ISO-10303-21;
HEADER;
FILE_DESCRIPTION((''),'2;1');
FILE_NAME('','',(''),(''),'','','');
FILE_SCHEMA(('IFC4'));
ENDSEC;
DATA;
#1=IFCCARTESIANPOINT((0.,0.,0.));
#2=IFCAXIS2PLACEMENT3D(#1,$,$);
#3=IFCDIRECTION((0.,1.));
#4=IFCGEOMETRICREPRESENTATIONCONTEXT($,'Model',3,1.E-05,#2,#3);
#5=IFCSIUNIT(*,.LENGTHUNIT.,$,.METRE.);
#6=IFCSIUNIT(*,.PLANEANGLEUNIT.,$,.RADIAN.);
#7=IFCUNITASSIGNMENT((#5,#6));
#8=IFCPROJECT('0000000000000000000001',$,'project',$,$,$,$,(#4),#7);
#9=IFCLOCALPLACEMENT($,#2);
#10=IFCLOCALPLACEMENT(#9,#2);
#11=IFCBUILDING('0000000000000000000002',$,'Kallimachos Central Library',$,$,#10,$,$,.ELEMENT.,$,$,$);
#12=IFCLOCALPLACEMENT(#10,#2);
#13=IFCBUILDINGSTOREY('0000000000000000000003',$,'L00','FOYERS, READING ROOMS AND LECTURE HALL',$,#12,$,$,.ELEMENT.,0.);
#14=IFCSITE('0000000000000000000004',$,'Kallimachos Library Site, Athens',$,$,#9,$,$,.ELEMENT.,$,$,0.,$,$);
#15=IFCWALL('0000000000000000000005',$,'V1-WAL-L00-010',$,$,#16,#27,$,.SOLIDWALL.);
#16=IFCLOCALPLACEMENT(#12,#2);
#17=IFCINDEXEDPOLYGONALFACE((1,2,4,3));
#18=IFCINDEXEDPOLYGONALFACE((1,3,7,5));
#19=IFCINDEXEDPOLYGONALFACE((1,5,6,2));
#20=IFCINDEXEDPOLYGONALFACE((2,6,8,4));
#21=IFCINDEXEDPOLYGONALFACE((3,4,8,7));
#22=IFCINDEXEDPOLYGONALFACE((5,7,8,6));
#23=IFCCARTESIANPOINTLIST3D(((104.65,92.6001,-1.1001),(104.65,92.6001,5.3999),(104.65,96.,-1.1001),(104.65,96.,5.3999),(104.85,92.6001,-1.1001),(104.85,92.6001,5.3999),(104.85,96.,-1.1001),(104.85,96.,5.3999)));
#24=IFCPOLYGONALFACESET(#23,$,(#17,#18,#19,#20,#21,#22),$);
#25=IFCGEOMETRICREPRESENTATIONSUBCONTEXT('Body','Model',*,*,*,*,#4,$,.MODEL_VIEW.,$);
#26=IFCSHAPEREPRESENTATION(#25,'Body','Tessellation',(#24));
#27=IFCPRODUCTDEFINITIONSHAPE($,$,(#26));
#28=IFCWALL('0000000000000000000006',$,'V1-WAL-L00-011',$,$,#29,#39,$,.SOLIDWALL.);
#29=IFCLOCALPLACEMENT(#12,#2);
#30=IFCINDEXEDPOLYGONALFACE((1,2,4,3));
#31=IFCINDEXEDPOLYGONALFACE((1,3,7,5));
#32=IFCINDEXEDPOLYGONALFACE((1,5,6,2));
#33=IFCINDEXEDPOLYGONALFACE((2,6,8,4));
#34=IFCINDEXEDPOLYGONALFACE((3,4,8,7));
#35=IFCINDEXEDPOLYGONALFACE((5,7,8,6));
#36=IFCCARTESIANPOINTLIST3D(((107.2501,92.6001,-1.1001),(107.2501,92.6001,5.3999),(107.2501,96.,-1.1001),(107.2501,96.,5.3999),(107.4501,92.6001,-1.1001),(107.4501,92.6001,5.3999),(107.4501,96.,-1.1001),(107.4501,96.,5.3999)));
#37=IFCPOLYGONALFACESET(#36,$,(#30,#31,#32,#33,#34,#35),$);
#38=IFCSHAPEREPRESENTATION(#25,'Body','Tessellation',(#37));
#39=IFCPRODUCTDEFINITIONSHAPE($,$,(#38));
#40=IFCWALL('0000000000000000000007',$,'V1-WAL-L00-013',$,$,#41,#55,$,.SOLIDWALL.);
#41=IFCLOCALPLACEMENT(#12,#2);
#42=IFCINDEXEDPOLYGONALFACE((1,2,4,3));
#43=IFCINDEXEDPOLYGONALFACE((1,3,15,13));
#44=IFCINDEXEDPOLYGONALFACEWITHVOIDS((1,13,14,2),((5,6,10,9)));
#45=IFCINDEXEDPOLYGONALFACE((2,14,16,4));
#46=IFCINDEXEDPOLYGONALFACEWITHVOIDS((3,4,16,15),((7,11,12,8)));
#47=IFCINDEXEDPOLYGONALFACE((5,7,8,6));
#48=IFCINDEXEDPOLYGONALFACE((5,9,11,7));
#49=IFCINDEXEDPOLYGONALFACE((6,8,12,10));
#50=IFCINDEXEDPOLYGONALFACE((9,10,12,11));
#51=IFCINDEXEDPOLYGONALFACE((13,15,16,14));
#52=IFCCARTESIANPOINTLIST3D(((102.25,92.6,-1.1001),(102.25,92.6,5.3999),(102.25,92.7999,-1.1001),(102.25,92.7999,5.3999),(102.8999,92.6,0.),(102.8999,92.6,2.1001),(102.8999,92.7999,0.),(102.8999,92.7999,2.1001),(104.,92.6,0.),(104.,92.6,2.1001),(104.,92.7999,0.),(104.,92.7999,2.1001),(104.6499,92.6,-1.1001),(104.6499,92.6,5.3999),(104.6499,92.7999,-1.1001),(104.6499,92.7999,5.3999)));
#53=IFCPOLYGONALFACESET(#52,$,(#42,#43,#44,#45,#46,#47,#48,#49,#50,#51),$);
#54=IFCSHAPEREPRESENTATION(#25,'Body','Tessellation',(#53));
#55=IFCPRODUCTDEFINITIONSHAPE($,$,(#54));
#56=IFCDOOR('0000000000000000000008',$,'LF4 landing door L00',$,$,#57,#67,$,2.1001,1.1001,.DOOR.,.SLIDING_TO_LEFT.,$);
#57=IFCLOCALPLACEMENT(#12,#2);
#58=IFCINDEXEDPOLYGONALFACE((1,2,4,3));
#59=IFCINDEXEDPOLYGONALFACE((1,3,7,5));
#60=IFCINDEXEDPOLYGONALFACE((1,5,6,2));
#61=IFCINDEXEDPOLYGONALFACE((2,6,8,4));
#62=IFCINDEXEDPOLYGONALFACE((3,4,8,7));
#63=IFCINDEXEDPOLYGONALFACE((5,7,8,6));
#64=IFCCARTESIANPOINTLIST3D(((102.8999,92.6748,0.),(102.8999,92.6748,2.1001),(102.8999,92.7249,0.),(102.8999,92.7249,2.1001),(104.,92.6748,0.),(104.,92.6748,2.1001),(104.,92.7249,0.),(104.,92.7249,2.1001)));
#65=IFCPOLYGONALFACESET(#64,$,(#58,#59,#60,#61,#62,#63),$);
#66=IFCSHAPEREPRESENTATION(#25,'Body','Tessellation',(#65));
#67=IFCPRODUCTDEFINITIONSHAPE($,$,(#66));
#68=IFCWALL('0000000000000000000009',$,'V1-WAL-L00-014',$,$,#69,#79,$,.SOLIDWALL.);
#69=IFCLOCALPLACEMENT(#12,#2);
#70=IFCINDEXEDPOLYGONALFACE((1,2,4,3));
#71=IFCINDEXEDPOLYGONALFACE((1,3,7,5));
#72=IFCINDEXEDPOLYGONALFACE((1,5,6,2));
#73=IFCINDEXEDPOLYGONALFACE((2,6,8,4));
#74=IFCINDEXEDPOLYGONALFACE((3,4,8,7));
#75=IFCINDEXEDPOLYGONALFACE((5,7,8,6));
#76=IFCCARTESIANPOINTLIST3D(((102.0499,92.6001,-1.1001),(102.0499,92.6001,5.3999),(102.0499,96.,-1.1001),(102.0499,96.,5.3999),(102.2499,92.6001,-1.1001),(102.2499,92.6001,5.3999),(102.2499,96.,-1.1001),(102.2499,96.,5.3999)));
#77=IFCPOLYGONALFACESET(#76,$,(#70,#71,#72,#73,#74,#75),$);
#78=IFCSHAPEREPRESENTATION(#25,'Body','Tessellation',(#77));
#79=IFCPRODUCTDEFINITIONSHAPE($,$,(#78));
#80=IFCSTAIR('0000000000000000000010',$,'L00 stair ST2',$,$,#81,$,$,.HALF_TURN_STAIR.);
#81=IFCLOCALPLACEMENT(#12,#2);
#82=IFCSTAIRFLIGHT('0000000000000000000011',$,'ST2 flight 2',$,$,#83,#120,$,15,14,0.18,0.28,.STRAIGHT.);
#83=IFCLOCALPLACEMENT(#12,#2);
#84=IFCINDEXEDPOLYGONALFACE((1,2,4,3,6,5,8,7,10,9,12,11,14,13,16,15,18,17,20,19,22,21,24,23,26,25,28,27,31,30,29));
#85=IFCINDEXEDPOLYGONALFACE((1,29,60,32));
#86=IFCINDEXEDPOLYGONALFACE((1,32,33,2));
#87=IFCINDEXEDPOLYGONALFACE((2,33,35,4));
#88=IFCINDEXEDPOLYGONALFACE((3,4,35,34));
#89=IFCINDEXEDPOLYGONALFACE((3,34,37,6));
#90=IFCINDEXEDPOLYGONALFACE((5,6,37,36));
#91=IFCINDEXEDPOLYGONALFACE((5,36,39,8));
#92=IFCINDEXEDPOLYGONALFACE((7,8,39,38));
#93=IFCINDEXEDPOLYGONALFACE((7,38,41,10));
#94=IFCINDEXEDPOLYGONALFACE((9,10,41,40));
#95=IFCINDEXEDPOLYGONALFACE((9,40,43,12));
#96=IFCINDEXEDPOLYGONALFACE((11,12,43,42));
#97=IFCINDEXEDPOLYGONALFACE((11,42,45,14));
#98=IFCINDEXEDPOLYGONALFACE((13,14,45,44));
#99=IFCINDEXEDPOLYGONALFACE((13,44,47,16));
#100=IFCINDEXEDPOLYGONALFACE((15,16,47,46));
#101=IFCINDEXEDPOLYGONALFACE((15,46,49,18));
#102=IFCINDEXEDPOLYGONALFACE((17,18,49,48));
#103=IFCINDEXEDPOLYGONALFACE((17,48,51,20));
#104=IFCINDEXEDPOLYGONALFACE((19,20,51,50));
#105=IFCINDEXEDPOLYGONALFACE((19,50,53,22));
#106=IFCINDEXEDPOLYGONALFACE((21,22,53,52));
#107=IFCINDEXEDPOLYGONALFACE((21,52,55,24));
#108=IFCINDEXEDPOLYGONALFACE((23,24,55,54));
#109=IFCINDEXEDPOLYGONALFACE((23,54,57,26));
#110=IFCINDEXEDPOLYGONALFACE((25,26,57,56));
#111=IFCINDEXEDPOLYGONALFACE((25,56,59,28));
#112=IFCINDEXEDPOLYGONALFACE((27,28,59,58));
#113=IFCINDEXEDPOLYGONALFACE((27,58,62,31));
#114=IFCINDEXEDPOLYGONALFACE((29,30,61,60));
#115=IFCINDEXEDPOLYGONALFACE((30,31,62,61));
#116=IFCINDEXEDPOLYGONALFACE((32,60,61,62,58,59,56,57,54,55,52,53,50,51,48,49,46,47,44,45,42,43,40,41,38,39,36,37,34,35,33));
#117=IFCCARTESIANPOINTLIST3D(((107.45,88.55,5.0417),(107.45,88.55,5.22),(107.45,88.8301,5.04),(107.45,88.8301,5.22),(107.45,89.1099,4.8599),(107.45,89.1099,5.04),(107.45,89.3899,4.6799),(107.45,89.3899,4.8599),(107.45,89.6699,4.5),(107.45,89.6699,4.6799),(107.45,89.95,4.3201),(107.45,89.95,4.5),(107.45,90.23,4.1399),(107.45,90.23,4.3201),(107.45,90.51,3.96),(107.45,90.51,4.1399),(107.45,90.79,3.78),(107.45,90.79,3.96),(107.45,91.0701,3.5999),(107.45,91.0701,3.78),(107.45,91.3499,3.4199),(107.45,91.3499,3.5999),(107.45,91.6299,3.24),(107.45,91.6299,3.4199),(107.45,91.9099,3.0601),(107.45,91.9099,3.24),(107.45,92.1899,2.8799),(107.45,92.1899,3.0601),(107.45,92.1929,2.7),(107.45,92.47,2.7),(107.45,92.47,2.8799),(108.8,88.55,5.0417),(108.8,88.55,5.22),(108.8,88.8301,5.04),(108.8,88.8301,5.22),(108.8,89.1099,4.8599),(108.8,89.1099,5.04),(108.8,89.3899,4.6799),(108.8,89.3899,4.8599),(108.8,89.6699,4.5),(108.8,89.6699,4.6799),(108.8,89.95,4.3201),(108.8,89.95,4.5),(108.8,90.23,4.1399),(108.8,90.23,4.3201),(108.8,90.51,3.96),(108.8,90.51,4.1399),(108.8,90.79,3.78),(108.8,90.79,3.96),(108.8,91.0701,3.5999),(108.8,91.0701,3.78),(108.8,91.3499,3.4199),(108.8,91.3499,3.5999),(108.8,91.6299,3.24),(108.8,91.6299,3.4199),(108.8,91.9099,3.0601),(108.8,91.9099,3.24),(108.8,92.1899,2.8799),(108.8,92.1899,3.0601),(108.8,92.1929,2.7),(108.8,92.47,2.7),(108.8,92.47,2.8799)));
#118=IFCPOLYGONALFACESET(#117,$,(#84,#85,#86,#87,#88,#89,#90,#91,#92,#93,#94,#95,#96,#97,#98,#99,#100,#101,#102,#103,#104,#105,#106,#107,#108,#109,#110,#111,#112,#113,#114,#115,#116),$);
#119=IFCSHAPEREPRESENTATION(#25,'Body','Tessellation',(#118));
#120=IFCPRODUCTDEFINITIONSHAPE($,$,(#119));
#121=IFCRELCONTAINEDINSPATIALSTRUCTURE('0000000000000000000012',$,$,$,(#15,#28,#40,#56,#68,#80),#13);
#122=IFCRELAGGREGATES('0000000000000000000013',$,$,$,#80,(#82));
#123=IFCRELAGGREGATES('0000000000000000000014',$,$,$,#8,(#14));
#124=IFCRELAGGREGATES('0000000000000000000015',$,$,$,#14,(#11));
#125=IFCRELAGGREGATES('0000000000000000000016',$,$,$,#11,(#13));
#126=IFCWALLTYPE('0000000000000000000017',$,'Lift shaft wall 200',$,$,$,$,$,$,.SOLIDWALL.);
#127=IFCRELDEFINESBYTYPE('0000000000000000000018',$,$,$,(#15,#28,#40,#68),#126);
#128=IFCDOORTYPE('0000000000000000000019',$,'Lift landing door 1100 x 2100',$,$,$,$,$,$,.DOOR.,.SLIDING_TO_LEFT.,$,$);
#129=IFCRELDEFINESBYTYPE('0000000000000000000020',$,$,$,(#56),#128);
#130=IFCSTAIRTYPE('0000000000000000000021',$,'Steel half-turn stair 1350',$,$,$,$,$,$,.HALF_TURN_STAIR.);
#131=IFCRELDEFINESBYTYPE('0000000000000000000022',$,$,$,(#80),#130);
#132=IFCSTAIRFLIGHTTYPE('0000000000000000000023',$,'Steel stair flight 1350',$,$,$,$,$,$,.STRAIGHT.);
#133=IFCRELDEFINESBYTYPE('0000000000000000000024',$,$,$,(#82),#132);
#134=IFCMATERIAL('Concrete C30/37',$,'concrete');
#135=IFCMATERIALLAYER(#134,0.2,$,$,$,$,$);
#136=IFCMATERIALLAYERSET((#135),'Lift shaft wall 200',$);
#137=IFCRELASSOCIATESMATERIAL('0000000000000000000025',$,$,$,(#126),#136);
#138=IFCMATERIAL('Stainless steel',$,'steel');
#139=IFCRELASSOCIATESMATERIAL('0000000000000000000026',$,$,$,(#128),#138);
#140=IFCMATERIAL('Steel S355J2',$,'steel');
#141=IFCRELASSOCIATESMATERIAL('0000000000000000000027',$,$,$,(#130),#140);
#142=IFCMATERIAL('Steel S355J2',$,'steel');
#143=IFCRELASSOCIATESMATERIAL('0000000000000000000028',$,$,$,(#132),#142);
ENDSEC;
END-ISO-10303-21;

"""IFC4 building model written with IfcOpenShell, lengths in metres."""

from ifc_helpers import new_model, si_unit, direction, frame, frame_2d, origin, place, context, subcontext, project, spatial, polyline, rectangle, outline, extrude, material, layer, layer_set, type_object, element, fill, aggregate, save


model = new_model("IFC4")

# Units and contexts
model_context = context("Model", 3, precision=1e-05, world=origin(), true_north=direction((0.0, 1.0)))
body_context = subcontext(model_context, "Body", "Model", "MODEL_VIEW")
ifc_project = project(units=[si_unit("LENGTHUNIT", "METRE"), si_unit("PLANEANGLEUNIT", "RADIAN")], contexts=[model_context])

# Site, building, storey
site_placement = place(None, origin())
site = spatial("IfcSite", under=ifc_project, at=site_placement, Name="Kallimachos Library Site, Athens", CompositionType="ELEMENT", RefElevation=0.0)
building_placement = place(site_placement, origin())
building = spatial("IfcBuilding", under=site, at=building_placement, Name="Kallimachos Central Library", CompositionType="ELEMENT")
storey_placement = place(building_placement, origin())
storey = spatial("IfcBuildingStorey", under=building, at=storey_placement, Name="L00", Description="FOYERS, READING ROOMS AND LECTURE HALL", CompositionType="ELEMENT", Elevation=0.0)

# Shared definitions
ifc_material_1 = material(Name="Concrete C30/37", Category="concrete")
ifc_layer_1 = layer(ifc_material_1, 0.2)
ifc_layer_set_1 = layer_set([ifc_layer_1], Name="Lift shaft wall 200")
wall_type_1 = type_object("IfcWallType", Name="Lift shaft wall 200", PredefinedType="SOLIDWALL", material=ifc_layer_set_1)
ifc_material_2 = material(Name="Stainless steel", Category="steel")
door_type = type_object("IfcDoorType", Name="Lift landing door 1100 x 2100", OperationType="SLIDING_TO_LEFT", PredefinedType="DOOR", material=ifc_material_2)

# Walls
for number, where, z_axis, x_axis, name in (
    (1, (104.75, 92.6001, -1.1001), (0.0, 0.0, 1.0), (0.0, 1.0, 0.0), "V1-WAL-L00-010"),
    (2, (107.3501, 92.6001, -1.1001), (0.0, 0.0, 1.0), (0.0, 1.0, 0.0), "V1-WAL-L00-011"),
):
    element("IfcWall", number, at=place(storey_placement, frame(where, z_axis=z_axis, x_axis=x_axis)), inside=storey, type_object=wall_type_1, Name=name, PredefinedType="SOLIDWALL", context=body_context, shape_type="SweptSolid", body=[
        extrude(rectangle(XDim=3.3999, YDim=0.2, at=frame_2d((1.7, 0.0))), origin(), (0.0, 0.0, 1.0), 6.5),
    ])

# Wall, opening, door
wall_1_placement = place(storey_placement, frame((102.25, 92.7, -1.1001), z_axis=(0.0, 0.0, 1.0), x_axis=(1.0, 0.0, 0.0)))
wall_1 = element("IfcWall", 3, at=wall_1_placement, inside=storey, type_object=wall_type_1, Name="V1-WAL-L00-013", PredefinedType="SOLIDWALL", context=body_context, shape_type="SweptSolid", body=[
    extrude(rectangle(XDim=2.3999, YDim=0.2, at=frame_2d((1.2, 0.0))), origin(), (0.0, 0.0, 1.0), 6.5),
])
opening_1_placement = place(wall_1_placement, frame((0.6499, 0.0, 1.1001)))
opening_1 = element("IfcOpeningElement", 4, at=opening_1_placement, cuts=wall_1, PredefinedType="OPENING", context=body_context, shape_type="SweptSolid", body=[
    extrude(rectangle(XDim=1.1001, YDim=2.1001, at=frame_2d((0.55, 1.05))), frame((0.0, 0.1099, 0.0), z_axis=(0.0, -1.0, 0.0), x_axis=(1.0, 0.0, 0.0)), (0.0, 0.0, 1.0), 0.22),
])
door_1_placement = place(opening_1_placement, origin())
door_1 = element("IfcDoor", 5, at=door_1_placement, inside=storey, type_object=door_type, Name="LF4 landing door L00", OperationType="SLIDING_TO_LEFT", OverallHeight=2.1001, OverallWidth=1.1001, PredefinedType="DOOR", context=body_context, shape_type="SweptSolid", body=[
    extrude(rectangle(XDim=1.1001, YDim=2.1001, at=frame_2d((0.55, 1.05))), frame((0.0, 0.0249, 0.0), z_axis=(0.0, -1.0, 0.0), x_axis=(1.0, 0.0, 0.0)), (0.0, 0.0, 1.0), 0.05),
])
fill(opening_1, door_1)

# Wall
wall_2_placement = place(storey_placement, frame((102.1499, 92.6001, -1.1001), z_axis=(0.0, 0.0, 1.0), x_axis=(0.0, 1.0, 0.0)))
element("IfcWall", 6, at=wall_2_placement, inside=storey, type_object=wall_type_1, Name="V1-WAL-L00-014", PredefinedType="SOLIDWALL", context=body_context, shape_type="SweptSolid", body=[
    extrude(rectangle(XDim=3.3999, YDim=0.2, at=frame_2d((1.7, 0.0))), origin(), (0.0, 0.0, 1.0), 6.5),
])

# Stair, stair flight
ifc_material_3 = material(Name="Steel S355J2", Category="steel")
stair_type = type_object("IfcStairType", Name="Steel half-turn stair 1350", PredefinedType="HALF_TURN_STAIR", material=ifc_material_3)
stair_placement = place(storey_placement, origin())
stair = element("IfcStair", 7, at=stair_placement, inside=storey, type_object=stair_type, Name="L00 stair ST2", PredefinedType="HALF_TURN_STAIR")
ifc_material_4 = material(Name="Steel S355J2", Category="steel")
stair_flight_type = type_object("IfcStairFlightType", Name="Steel stair flight 1350", PredefinedType="STRAIGHT", material=ifc_material_4)
stair_flight_placement = place(storey_placement, frame((108.125, 92.47, 2.7), z_axis=(0.0, 0.0, 1.0), x_axis=(0.0, -1.0, 0.0)))
stair_flight = element("IfcStairFlight", 8, at=stair_flight_placement, type_object=stair_flight_type, Name="ST2 flight 2", NumberOfRisers=15, NumberOfTreads=14, PredefinedType="STRAIGHT", RiserHeight=0.18, TreadLength=0.28, context=body_context, shape_type="SweptSolid", body=[
    extrude(outline(polyline([(0.0, 0.0), (0.0, 0.1799), (0.28, 0.1799), (0.28, 0.3601), (0.5601, 0.3601), (0.5601, 0.54), (0.8401, 0.54), (0.8401, 0.72), (1.1201, 0.72), (1.1201, 0.8999), (1.3999, 0.8999), (1.3999, 1.0801), (1.6799, 1.0801), (1.6799, 1.26), (1.96, 1.26), (1.96, 1.4399), (2.24, 1.4399), (2.24, 1.6201), (2.52, 1.6201), (2.52, 1.8), (2.8, 1.8), (2.8, 1.98), (3.0801, 1.98), (3.0801, 2.1599), (3.3601, 2.1599), (3.3601, 2.3401), (3.6399, 2.3401), (3.6399, 2.52), (3.9199, 2.52), (3.9199, 2.7), (3.9199, 2.3418), (0.2771, 0.0), (0.0, 0.0)])), frame((0.0, 0.675, 0.0), z_axis=(0.0, -1.0, 0.0), x_axis=(1.0, 0.0, 0.0)), (0.0, 0.0, 1.0), 1.3501),
])
aggregate(stair, [stair_flight])

save(model, "model.ifc")
